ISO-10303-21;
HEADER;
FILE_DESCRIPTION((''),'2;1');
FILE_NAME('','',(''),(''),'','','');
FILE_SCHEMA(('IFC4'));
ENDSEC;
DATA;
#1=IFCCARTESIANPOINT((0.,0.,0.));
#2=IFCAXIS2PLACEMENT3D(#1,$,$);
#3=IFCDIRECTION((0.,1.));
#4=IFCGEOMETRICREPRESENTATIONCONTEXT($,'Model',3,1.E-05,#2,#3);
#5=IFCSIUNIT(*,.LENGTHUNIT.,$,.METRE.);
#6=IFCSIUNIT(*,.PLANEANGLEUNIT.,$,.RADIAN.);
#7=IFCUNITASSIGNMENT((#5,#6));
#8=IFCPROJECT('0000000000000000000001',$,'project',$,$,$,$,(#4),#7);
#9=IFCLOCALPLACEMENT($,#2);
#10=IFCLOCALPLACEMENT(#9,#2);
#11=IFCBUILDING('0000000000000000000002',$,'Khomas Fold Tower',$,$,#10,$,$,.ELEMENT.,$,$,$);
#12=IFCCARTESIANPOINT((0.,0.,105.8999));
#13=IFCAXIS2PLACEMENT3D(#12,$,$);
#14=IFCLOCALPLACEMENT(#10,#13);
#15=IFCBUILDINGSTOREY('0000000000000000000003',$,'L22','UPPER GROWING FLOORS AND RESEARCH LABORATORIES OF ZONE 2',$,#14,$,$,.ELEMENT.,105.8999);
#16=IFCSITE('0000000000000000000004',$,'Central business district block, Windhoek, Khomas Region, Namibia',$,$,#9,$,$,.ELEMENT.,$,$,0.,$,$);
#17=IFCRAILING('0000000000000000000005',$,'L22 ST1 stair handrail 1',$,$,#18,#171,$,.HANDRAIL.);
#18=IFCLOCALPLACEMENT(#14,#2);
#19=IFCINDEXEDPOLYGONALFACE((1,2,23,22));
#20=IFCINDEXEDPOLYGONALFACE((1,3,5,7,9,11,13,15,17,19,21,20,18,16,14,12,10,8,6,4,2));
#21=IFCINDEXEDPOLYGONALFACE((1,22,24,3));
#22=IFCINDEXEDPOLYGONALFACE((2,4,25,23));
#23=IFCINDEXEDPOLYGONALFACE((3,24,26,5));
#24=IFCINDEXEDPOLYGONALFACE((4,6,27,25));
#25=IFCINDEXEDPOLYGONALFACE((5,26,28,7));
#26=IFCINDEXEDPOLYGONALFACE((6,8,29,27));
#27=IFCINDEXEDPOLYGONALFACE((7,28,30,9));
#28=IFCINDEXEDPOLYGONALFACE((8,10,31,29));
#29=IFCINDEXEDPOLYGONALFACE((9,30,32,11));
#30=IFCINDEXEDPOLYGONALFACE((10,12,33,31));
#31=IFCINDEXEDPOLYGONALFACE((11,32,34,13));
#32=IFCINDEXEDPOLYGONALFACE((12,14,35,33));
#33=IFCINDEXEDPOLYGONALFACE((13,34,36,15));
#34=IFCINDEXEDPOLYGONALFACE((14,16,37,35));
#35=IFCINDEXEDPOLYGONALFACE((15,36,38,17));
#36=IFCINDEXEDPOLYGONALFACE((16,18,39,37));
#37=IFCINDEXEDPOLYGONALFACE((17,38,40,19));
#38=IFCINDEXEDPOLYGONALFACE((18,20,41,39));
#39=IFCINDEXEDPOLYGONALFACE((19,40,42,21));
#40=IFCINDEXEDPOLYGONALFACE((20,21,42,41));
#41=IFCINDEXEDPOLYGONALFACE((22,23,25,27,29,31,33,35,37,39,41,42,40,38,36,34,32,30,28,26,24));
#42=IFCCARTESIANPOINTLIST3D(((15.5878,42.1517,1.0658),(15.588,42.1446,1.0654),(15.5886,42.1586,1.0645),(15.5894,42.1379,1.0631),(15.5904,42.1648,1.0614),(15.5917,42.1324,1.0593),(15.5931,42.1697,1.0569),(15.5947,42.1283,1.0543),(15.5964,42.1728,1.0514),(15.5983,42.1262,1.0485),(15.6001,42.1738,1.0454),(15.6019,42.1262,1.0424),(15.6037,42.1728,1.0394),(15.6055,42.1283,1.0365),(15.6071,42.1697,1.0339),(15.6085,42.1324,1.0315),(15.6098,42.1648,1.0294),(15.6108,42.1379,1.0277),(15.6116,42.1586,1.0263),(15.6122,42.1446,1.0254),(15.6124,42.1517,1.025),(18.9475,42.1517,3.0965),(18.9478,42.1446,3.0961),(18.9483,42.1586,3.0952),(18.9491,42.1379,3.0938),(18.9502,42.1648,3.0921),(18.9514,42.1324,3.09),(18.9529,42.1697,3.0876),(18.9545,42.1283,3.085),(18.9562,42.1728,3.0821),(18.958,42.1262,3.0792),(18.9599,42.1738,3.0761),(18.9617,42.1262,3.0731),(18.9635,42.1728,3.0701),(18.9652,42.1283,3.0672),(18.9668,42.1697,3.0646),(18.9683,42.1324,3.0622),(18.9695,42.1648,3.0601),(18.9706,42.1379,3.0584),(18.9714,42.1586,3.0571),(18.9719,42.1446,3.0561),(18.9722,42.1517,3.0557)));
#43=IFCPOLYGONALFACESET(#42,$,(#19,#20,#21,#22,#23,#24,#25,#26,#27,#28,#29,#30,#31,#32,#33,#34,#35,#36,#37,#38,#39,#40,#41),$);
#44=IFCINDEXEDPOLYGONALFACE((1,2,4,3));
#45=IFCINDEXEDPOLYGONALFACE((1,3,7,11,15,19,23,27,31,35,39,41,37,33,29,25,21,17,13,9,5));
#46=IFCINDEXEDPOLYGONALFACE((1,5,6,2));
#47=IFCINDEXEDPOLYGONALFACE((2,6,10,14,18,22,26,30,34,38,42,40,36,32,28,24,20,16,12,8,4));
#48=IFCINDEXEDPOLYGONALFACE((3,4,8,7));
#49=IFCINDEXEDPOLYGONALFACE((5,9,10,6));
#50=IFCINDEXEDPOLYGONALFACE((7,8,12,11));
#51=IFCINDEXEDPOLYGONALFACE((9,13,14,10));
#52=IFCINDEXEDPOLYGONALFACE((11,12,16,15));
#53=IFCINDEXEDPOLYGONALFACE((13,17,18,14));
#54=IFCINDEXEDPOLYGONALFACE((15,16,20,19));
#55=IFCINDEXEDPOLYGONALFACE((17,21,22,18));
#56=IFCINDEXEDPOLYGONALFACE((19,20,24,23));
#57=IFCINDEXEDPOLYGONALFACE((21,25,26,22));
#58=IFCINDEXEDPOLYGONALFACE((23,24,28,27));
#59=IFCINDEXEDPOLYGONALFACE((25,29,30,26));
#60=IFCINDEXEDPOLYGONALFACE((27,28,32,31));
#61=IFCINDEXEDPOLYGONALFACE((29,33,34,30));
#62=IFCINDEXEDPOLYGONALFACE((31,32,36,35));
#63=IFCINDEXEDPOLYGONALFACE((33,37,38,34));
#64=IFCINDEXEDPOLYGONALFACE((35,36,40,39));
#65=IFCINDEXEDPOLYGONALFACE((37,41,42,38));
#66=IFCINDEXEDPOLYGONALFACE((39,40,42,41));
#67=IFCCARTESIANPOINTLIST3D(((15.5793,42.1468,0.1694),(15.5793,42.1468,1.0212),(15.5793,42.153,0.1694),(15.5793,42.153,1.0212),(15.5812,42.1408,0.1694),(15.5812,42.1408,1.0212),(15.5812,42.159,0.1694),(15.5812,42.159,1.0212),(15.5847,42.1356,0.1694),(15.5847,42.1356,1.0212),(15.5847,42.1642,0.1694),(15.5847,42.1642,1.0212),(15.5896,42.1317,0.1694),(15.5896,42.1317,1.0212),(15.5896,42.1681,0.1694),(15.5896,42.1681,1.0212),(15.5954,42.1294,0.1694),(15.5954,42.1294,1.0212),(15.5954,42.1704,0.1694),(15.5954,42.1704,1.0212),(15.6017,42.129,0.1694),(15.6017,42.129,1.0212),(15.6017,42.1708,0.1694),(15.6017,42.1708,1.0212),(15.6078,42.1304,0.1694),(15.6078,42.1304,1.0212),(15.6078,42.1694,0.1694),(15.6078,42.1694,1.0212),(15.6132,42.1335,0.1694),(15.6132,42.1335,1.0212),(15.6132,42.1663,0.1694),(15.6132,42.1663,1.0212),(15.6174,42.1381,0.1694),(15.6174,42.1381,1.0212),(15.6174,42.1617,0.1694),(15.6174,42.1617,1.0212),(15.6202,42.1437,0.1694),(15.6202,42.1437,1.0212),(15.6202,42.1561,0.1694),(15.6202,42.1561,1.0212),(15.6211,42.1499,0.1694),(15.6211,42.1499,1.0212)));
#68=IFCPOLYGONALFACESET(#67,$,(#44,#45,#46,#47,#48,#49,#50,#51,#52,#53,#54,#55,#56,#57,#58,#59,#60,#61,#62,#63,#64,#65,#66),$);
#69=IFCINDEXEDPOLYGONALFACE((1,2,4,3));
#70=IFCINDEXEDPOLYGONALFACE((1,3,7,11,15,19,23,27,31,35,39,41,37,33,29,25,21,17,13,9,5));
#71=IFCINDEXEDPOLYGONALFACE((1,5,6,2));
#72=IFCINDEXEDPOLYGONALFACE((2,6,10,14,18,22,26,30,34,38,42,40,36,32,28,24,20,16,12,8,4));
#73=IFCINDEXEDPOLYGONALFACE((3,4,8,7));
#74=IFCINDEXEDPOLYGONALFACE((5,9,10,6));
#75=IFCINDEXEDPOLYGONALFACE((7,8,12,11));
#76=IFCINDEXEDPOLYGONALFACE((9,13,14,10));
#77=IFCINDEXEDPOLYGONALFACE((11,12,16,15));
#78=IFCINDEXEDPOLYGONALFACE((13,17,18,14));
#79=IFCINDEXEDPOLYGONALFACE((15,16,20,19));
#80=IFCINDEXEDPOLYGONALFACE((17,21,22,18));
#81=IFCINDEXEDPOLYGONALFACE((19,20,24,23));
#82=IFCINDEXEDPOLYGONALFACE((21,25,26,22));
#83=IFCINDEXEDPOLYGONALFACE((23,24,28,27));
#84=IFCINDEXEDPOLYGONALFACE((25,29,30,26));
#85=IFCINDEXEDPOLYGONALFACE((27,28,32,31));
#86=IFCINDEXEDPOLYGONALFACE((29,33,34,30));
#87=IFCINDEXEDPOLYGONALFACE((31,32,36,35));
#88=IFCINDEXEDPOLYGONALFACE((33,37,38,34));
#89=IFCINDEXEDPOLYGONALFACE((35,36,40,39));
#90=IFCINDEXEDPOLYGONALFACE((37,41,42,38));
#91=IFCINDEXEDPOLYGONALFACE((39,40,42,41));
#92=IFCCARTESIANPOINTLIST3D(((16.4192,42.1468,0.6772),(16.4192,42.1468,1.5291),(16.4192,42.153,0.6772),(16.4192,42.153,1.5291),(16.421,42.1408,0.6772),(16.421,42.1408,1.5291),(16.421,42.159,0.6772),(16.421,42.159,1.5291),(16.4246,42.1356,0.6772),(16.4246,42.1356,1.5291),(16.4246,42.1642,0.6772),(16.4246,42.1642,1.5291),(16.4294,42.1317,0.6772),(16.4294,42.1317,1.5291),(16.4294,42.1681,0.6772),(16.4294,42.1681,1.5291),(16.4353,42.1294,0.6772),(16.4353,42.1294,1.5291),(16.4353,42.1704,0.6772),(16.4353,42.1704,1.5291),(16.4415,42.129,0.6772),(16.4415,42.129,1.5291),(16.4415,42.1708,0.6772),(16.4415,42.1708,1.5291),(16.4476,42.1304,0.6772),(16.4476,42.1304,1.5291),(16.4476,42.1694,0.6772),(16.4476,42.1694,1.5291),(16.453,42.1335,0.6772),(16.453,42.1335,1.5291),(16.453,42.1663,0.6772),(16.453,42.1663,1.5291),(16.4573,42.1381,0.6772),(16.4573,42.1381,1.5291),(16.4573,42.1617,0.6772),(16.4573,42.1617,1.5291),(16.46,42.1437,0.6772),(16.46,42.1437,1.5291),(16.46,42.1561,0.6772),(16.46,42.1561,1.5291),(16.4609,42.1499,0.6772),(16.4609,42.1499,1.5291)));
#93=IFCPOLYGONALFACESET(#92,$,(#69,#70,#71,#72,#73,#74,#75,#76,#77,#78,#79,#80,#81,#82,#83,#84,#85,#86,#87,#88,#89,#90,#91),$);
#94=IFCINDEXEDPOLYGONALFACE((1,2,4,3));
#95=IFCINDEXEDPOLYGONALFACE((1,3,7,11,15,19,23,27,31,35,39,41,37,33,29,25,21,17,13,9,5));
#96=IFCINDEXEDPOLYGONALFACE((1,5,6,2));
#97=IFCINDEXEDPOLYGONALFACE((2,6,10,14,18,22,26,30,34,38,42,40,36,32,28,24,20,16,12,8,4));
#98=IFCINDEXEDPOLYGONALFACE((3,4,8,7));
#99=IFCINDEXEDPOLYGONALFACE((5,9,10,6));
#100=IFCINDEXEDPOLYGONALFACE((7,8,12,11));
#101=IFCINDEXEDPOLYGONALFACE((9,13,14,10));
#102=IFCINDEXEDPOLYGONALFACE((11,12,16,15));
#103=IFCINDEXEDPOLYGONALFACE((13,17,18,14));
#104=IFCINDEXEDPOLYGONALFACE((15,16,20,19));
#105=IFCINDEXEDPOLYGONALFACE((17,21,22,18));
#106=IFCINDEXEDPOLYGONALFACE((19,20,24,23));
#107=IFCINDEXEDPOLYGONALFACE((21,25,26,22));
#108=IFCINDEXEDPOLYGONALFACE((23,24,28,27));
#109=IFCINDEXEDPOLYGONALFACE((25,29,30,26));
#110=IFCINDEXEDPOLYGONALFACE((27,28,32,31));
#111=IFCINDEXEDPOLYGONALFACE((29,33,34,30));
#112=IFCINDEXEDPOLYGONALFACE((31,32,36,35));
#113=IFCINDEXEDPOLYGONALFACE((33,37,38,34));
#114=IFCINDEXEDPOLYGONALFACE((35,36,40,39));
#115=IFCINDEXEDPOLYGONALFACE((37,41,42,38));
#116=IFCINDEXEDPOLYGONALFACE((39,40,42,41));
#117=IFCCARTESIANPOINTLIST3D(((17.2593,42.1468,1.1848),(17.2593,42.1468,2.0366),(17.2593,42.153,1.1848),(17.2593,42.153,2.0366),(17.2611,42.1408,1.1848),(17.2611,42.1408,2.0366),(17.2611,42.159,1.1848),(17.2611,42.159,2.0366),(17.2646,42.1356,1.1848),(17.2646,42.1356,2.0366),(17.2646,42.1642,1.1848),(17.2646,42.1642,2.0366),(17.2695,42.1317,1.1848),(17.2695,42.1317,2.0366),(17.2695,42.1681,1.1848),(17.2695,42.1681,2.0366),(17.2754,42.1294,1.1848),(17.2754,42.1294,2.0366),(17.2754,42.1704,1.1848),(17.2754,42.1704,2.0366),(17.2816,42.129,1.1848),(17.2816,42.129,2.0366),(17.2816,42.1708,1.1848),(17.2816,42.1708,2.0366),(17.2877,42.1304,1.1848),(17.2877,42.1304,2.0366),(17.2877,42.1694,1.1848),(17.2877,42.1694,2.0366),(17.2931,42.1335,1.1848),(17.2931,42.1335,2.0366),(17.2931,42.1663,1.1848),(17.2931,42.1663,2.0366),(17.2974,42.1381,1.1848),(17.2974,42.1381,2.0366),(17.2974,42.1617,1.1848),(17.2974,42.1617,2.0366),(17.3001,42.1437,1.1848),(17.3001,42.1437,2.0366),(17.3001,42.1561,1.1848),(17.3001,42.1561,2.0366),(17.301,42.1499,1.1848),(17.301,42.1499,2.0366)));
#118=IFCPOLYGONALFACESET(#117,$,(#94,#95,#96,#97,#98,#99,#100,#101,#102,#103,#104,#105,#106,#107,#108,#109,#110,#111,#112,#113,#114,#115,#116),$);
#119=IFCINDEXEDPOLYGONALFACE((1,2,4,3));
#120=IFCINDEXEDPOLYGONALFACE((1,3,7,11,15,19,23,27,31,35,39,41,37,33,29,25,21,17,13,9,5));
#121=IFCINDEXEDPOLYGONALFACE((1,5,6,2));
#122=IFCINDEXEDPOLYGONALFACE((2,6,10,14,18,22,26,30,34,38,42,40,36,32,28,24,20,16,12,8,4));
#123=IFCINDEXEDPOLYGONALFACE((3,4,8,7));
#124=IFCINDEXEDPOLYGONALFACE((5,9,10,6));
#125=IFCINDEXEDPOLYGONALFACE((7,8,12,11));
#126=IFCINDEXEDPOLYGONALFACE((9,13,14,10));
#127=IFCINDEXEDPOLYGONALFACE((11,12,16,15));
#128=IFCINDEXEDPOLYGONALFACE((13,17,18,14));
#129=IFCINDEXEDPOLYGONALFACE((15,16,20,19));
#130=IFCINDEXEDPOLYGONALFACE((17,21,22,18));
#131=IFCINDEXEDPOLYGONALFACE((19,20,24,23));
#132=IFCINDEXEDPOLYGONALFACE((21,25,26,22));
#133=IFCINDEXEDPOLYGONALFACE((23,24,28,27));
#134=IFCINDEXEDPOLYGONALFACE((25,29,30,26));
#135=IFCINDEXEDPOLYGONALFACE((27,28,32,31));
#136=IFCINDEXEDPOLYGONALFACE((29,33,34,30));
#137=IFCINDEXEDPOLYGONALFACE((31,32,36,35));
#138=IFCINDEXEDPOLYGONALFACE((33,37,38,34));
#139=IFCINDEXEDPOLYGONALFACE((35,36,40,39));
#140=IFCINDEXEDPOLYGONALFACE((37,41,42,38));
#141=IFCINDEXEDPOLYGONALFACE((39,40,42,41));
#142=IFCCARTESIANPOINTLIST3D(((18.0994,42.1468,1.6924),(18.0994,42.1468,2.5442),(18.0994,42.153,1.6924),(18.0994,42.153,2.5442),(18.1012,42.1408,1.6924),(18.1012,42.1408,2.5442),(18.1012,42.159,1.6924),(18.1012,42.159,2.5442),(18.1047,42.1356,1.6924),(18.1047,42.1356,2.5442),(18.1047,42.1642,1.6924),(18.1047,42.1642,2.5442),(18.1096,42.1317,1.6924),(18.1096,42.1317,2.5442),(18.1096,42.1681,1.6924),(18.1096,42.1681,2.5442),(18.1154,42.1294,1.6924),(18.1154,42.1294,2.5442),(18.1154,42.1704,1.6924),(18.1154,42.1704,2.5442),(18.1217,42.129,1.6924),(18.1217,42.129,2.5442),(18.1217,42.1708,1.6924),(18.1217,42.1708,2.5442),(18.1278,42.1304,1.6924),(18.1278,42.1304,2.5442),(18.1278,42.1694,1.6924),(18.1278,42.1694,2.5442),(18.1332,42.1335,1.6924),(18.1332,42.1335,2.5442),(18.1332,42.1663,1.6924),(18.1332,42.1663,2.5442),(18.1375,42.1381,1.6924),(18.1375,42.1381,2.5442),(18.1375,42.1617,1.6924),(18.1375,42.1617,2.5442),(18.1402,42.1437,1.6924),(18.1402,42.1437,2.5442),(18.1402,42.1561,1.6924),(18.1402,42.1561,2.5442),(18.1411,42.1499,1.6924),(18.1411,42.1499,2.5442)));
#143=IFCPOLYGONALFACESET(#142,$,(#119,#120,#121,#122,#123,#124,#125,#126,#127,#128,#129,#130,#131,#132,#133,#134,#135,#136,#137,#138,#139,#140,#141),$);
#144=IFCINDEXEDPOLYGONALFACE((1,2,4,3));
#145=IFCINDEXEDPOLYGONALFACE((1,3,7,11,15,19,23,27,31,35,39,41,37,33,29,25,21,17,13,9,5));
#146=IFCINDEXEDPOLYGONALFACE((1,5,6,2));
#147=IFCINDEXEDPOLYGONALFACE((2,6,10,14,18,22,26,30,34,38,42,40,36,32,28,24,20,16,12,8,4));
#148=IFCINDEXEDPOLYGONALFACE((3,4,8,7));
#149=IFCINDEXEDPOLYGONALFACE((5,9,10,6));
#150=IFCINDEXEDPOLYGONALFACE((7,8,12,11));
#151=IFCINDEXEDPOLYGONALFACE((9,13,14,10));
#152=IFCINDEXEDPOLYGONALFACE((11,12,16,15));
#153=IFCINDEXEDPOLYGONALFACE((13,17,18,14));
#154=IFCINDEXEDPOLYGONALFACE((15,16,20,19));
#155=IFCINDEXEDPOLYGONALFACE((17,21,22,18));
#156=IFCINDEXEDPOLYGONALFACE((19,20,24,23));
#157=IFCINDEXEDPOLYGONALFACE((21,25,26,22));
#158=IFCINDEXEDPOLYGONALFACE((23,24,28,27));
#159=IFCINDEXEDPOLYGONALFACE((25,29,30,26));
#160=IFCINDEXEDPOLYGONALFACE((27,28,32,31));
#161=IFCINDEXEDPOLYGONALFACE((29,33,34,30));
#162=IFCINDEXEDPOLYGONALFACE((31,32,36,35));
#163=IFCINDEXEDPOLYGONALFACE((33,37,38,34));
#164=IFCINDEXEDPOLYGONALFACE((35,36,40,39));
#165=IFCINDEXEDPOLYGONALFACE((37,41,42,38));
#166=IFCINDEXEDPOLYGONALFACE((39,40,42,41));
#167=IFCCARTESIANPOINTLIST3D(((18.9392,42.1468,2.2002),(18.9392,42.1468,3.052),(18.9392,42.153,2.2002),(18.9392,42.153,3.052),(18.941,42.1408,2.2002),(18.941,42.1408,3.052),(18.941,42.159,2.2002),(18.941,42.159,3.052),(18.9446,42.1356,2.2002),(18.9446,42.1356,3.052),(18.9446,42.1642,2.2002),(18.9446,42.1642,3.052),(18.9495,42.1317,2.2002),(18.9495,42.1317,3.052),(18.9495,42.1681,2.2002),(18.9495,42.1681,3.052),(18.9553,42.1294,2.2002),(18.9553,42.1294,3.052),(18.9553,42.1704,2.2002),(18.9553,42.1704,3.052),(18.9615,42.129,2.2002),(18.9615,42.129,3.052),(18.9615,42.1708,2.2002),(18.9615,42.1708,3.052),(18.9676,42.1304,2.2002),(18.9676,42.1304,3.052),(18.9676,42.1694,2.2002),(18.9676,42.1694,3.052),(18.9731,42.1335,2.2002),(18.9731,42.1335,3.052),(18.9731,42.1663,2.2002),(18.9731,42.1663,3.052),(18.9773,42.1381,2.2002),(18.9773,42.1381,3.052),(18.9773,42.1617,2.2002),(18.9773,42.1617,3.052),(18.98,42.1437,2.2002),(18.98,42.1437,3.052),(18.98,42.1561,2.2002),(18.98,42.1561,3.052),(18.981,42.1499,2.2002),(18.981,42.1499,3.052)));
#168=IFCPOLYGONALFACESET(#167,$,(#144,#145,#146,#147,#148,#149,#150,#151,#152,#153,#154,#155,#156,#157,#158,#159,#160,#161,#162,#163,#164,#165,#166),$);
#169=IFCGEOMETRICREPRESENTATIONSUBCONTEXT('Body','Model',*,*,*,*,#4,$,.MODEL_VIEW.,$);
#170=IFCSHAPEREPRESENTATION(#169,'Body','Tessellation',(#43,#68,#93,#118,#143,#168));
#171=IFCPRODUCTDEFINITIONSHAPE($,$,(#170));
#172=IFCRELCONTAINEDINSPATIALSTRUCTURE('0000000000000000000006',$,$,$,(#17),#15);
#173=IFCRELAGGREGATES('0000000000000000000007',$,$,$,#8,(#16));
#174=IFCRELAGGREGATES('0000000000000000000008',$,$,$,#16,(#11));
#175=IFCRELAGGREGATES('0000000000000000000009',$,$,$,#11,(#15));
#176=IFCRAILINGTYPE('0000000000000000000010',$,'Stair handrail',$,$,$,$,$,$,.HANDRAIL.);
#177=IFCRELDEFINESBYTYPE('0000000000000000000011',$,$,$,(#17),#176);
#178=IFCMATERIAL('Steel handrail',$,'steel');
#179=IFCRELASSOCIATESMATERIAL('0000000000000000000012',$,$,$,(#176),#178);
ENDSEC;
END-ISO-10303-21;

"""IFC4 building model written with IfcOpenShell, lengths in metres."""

from ifc_helpers import new_model, si_unit, direction, frame, origin, origin_2d, place, context, subcontext, project, spatial, circle, extrude, source, transform, mapped, material, type_object, element, save


model = new_model("IFC4")

# Units and contexts
model_context = context("Model", 3, precision=1e-05, world=origin(), true_north=direction((0.0, 1.0)))
body_context = subcontext(model_context, "Body", "Model", "MODEL_VIEW")
ifc_project = project(units=[si_unit("LENGTHUNIT", "METRE"), si_unit("PLANEANGLEUNIT", "RADIAN")], contexts=[model_context])

# Site, building, storey
site_placement = place(None, origin())
site = spatial("IfcSite", under=ifc_project, at=site_placement, Name="Central business district block, Windhoek, Khomas Region, Namibia", CompositionType="ELEMENT", RefElevation=0.0)
building_placement = place(site_placement, origin())
building = spatial("IfcBuilding", under=site, at=building_placement, Name="Khomas Fold Tower", CompositionType="ELEMENT")
storey_placement = place(building_placement, frame((0.0, 0.0, 105.8999)))
storey = spatial("IfcBuildingStorey", under=building, at=storey_placement, Name="L22", Description="UPPER GROWING FLOORS AND RESEARCH LABORATORIES OF ZONE 2", CompositionType="ELEMENT", Elevation=105.8999)

# Railing
ifc_material_1 = material(Name="Steel handrail", Category="steel")
railing_type_1 = type_object("IfcRailingType", Name="Stair handrail", PredefinedType="HANDRAIL", material=ifc_material_1)
shared_shape_1 = source(origin(), body_context, "Body", "SweptSolid", [
    extrude(circle(Radius=0.0239, at=origin_2d()), frame((0.0, 0.0, 0.876), z_axis=(0.85582, 0.0, 0.517273), x_axis=(0.0, 1.0, 0.0)), (0.0, 0.0, 1.0), 3.9258),
    extrude(circle(Radius=0.021, at=origin_2d()), origin(), (0.0, 0.0, 1.0), 0.8518),
    extrude(circle(Radius=0.021, at=origin_2d()), frame((0.8398, 0.0, 0.5078)), (0.0, 0.0, 1.0), 0.8518),
    extrude(circle(Radius=0.021, at=origin_2d()), frame((1.6799, 0.0, 1.0154)), (0.0, 0.0, 1.0), 0.8518),
    extrude(circle(Radius=0.021, at=origin_2d()), frame((2.52, 0.0, 1.5229)), (0.0, 0.0, 1.0), 0.8518),
    extrude(circle(Radius=0.021, at=origin_2d()), frame((3.3599, 0.0, 2.0308)), (0.0, 0.0, 1.0), 0.8518),
])
railing_1_placement = place(storey_placement, frame((15.6001, 42.1499, 0.1694)))
element("IfcRailing", 1, at=railing_1_placement, inside=storey, type_object=railing_type_1, Name="L22 ST1 stair handrail 1", PredefinedType="HANDRAIL", context=body_context, shape_type="MappedRepresentation", body=[
    mapped(shared_shape_1, transform((0.0, 0.0, 0.0))),
])

save(model, "model.ifc")
